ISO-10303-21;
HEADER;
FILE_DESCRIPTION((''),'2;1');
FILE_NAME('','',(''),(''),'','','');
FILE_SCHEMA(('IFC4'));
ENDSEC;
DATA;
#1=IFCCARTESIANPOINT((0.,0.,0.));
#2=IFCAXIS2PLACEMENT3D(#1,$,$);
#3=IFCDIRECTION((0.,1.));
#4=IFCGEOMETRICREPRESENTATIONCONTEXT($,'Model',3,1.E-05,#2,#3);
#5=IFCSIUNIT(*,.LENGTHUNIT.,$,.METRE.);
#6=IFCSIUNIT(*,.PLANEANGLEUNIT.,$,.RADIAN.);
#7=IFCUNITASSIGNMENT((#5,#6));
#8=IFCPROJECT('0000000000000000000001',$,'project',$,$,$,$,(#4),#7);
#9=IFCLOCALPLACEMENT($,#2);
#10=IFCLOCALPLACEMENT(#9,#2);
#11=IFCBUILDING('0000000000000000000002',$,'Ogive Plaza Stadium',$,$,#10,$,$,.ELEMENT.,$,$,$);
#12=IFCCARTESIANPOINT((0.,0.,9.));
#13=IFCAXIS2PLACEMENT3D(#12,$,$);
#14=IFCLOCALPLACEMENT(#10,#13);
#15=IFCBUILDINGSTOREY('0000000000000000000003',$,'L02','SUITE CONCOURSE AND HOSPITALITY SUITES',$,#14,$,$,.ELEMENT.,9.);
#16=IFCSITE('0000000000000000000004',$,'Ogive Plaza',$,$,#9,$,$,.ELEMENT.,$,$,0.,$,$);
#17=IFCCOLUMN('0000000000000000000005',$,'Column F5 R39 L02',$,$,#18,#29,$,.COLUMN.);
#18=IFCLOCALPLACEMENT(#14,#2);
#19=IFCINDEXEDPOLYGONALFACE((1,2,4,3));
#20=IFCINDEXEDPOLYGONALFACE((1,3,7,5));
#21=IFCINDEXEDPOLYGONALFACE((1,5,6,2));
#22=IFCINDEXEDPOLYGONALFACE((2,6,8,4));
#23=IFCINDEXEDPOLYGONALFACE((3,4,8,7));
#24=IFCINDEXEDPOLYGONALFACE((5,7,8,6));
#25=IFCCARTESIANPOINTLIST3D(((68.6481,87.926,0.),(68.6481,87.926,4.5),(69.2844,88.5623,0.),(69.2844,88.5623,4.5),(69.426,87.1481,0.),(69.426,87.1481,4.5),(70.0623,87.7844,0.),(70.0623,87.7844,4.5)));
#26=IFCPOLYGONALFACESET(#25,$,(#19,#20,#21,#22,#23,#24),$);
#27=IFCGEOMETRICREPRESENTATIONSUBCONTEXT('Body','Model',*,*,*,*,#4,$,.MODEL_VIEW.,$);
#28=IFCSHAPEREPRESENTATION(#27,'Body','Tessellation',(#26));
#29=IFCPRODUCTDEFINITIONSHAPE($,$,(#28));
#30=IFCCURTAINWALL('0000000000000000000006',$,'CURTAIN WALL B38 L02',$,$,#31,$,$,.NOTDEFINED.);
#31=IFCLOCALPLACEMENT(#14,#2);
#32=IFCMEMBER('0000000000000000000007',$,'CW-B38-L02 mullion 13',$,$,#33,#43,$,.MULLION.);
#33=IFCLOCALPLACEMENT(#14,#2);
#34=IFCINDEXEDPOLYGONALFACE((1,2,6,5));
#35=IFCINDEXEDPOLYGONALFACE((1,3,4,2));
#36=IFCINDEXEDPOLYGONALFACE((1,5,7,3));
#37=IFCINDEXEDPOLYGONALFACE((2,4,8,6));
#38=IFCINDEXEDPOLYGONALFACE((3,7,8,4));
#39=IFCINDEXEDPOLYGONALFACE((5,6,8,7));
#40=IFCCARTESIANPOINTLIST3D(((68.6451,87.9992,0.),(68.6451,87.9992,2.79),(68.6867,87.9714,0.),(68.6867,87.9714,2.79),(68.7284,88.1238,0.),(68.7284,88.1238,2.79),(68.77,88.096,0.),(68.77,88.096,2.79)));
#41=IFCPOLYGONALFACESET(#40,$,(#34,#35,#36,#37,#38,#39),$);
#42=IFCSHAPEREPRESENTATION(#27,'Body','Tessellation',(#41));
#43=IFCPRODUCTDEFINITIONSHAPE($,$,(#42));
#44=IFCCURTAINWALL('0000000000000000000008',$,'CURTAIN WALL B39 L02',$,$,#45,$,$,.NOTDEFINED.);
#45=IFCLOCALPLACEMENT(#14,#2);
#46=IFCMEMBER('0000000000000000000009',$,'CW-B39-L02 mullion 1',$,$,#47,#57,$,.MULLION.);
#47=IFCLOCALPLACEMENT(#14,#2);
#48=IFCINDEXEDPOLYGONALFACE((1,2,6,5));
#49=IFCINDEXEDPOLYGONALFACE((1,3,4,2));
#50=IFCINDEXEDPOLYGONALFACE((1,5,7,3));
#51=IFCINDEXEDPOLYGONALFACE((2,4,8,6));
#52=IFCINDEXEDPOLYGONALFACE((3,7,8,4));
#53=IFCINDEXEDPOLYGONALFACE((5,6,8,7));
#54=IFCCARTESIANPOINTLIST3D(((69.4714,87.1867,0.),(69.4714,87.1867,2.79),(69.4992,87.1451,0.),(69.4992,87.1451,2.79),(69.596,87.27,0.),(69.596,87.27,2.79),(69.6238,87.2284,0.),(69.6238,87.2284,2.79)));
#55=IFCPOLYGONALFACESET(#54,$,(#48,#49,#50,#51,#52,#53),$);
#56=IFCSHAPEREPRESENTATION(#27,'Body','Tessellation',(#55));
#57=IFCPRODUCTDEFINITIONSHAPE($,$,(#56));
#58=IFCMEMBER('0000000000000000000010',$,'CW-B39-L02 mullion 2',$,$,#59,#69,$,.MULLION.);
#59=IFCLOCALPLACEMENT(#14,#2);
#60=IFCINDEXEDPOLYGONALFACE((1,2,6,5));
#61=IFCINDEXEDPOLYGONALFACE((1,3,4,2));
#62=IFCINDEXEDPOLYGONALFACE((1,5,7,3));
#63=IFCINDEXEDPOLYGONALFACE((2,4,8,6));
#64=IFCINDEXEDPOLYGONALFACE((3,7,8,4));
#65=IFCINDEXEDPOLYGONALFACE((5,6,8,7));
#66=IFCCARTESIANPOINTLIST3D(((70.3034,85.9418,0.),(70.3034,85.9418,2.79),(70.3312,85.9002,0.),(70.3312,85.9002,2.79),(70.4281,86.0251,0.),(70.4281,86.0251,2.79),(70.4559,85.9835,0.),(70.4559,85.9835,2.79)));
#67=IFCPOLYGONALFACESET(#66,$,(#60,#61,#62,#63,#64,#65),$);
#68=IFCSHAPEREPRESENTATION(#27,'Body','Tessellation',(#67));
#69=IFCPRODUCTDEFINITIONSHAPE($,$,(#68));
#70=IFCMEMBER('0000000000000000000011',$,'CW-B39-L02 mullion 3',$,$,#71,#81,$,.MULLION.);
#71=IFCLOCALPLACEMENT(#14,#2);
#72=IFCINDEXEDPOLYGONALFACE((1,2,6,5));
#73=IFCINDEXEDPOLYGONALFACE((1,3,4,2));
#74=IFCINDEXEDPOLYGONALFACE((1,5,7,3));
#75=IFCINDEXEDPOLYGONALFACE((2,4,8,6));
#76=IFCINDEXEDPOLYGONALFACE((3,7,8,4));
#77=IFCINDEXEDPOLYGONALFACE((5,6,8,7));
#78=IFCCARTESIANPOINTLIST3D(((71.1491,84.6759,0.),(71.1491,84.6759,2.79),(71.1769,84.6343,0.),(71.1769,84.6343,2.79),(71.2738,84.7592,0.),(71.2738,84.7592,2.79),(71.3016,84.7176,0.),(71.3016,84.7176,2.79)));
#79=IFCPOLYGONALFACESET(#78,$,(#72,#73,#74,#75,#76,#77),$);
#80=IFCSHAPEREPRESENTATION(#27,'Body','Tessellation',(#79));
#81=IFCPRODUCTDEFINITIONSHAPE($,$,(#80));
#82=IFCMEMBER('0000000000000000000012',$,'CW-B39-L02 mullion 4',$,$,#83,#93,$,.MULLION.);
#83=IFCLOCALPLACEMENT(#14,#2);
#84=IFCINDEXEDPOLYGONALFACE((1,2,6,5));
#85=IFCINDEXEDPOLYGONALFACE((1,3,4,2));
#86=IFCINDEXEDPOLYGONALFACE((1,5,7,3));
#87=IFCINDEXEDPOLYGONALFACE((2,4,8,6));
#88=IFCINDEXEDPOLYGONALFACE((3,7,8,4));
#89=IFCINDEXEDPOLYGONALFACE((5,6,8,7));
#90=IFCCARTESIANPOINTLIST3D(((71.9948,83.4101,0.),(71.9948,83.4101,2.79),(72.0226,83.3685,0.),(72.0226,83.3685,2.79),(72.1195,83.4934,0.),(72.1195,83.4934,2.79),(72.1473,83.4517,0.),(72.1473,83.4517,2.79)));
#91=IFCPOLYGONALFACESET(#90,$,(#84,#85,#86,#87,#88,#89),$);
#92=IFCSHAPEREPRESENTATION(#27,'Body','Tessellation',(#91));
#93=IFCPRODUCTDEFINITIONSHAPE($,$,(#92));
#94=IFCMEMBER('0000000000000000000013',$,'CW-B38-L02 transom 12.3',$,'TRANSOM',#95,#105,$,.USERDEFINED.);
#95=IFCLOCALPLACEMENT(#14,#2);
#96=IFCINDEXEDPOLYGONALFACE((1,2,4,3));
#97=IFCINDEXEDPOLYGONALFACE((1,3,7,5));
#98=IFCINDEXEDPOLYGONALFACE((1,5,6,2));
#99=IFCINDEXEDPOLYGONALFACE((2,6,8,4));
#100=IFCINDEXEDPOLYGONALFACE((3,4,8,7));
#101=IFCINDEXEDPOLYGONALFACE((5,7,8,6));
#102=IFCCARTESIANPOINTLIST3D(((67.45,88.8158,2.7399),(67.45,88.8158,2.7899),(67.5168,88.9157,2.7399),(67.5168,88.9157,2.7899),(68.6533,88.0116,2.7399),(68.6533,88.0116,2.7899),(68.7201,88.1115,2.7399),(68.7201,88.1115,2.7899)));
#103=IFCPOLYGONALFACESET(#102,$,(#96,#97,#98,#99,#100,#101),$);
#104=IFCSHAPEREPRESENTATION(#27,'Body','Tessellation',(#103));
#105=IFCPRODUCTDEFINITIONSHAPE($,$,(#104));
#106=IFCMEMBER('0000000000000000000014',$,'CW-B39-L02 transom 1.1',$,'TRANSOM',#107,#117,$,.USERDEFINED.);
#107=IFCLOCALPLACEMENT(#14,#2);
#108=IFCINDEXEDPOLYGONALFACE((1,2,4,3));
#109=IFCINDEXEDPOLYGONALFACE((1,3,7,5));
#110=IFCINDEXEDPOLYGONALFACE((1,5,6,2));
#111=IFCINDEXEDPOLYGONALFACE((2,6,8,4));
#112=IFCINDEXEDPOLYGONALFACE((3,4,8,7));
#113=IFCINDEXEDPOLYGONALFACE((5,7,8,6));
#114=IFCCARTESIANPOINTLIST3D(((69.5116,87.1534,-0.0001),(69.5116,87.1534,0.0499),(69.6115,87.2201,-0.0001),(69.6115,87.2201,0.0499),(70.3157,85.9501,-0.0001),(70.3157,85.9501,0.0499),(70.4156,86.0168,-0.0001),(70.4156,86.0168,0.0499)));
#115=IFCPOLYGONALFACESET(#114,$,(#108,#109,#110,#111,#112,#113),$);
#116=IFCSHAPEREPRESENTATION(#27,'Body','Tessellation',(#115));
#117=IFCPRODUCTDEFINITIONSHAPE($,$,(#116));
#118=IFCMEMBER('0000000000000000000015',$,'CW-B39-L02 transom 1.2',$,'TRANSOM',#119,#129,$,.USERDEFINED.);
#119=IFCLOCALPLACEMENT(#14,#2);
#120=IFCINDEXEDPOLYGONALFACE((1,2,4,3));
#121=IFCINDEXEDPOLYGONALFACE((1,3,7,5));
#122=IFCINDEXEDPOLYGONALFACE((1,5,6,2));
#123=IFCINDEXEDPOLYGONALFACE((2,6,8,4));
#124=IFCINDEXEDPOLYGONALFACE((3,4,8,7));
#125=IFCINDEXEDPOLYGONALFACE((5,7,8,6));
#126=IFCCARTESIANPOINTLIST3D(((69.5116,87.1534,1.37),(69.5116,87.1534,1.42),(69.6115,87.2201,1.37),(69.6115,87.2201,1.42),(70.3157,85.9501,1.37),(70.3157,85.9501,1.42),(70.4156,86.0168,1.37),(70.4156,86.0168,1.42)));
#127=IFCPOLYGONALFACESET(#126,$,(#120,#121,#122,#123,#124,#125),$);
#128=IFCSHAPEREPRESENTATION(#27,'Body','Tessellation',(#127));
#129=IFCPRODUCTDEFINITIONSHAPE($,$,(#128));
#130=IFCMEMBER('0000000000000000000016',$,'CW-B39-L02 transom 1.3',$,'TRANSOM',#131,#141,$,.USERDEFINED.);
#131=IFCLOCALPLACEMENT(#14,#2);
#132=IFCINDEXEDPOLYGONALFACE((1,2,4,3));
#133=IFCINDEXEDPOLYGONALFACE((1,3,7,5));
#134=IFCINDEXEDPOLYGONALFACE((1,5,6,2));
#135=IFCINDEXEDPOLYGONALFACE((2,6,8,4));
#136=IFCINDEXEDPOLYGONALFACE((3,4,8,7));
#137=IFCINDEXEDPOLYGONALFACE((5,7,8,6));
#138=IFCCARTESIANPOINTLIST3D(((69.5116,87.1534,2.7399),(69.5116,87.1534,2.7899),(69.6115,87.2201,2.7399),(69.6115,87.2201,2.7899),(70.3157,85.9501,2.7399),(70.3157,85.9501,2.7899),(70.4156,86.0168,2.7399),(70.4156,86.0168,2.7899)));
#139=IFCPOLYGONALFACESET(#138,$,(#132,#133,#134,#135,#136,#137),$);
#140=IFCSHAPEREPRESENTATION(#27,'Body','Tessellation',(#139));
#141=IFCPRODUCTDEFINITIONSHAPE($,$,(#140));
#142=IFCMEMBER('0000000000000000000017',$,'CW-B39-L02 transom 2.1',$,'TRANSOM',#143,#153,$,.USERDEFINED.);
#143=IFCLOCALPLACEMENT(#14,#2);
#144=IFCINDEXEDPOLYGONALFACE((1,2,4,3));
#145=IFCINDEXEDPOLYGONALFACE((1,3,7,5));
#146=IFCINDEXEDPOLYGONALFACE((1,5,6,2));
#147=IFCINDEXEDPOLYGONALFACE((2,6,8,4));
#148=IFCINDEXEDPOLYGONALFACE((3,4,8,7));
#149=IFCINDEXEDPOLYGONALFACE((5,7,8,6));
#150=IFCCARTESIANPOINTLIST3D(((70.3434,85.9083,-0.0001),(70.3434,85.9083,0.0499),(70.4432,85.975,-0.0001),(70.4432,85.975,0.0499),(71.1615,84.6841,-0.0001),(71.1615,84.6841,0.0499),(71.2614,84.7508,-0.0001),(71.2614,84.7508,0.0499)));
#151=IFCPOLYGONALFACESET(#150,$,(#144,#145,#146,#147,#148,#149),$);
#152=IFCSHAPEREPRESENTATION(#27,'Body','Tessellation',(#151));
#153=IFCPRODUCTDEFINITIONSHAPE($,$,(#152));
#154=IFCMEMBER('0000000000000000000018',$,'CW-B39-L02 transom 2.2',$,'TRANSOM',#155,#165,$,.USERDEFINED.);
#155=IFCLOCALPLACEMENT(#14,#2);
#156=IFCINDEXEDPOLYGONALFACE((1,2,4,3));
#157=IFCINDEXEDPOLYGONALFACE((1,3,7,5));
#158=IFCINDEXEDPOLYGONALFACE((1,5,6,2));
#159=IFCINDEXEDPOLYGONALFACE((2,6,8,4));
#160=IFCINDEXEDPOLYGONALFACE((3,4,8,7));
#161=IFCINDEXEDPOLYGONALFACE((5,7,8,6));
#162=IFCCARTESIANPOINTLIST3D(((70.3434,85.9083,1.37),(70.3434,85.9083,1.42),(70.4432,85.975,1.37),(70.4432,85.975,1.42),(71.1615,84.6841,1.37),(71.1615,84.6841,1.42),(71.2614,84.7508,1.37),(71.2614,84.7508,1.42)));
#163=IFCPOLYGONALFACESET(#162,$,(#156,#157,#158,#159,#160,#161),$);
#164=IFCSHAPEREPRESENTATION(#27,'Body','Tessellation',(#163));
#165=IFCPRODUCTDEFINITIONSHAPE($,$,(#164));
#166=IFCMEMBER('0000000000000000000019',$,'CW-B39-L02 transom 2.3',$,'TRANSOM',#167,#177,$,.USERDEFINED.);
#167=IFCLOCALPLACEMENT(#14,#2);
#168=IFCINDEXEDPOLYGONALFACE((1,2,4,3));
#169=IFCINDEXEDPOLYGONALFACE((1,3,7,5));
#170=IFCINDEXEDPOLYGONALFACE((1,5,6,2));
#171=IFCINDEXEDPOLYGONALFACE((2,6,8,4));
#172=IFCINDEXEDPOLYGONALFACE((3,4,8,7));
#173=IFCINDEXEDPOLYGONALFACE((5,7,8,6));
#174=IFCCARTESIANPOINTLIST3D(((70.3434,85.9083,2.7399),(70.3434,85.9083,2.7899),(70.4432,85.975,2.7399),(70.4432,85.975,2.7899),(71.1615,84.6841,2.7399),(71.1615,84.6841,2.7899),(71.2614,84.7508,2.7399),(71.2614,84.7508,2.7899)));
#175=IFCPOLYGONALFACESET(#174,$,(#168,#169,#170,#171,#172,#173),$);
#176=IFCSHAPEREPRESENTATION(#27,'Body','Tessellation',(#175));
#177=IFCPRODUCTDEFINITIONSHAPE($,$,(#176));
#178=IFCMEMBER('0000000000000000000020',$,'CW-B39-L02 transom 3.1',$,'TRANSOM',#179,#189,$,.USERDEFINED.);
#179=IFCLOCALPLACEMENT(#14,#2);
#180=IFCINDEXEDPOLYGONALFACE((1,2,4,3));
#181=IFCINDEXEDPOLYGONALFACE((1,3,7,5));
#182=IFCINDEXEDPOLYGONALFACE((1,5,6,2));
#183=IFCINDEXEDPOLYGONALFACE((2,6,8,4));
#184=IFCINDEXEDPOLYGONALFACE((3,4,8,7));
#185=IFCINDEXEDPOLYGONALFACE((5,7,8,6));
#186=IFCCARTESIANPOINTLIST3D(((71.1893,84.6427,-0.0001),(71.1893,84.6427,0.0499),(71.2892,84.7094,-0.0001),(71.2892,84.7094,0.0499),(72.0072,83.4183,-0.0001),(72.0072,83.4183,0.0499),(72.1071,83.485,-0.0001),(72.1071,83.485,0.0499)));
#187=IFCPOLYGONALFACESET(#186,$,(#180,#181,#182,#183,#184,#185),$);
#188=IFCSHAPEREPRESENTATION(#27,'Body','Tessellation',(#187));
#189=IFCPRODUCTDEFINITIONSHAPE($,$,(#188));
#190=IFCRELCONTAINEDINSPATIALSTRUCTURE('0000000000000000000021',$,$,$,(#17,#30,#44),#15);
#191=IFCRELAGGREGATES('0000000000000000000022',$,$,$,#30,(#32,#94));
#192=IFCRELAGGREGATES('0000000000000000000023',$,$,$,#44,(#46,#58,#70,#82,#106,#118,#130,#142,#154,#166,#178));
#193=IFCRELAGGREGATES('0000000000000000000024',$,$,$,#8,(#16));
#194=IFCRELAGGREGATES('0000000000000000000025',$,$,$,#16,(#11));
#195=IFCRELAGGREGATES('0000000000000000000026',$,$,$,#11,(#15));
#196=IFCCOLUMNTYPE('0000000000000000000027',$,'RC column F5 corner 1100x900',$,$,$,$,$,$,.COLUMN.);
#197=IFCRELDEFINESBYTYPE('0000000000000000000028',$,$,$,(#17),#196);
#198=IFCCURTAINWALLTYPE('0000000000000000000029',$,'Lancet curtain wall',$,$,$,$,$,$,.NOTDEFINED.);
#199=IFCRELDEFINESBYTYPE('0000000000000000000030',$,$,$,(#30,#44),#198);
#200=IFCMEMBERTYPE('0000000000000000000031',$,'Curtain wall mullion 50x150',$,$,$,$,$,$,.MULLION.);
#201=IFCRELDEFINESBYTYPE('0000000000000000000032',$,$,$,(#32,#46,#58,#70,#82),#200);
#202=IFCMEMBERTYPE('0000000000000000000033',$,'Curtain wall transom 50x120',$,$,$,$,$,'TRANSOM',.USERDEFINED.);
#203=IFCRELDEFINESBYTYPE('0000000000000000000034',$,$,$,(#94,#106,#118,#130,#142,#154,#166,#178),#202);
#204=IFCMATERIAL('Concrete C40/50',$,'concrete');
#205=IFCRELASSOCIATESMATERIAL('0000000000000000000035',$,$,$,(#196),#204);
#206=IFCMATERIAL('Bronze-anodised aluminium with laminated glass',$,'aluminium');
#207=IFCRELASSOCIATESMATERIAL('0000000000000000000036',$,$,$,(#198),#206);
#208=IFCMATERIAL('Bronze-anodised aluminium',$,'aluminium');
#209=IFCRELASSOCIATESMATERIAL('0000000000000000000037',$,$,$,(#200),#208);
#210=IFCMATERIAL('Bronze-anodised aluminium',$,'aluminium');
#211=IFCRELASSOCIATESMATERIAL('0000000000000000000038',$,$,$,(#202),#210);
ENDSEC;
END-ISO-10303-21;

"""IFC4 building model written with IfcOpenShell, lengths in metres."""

from ifc_helpers import new_model, si_unit, direction, frame, origin, origin_2d, place, context, subcontext, project, spatial, rectangle, extrude, material, material_profile, profile_set, type_object, element, aggregate, save


model = new_model("IFC4")

# Units and contexts
model_context = context("Model", 3, precision=1e-05, world=origin(), true_north=direction((0.0, 1.0)))
body_context = subcontext(model_context, "Body", "Model", "MODEL_VIEW")
ifc_project = project(units=[si_unit("LENGTHUNIT", "METRE"), si_unit("PLANEANGLEUNIT", "RADIAN")], contexts=[model_context])

# Site, building, storey
site_placement = place(None, origin())
site = spatial("IfcSite", under=ifc_project, at=site_placement, Name="Ogive Plaza", CompositionType="ELEMENT", RefElevation=0.0)
building_placement = place(site_placement, origin())
building = spatial("IfcBuilding", under=site, at=building_placement, Name="Ogive Plaza Stadium", CompositionType="ELEMENT")
storey_placement = place(building_placement, frame((0.0, 0.0, 9.0)))
storey = spatial("IfcBuildingStorey", under=building, at=storey_placement, Name="L02", Description="SUITE CONCOURSE AND HOSPITALITY SUITES", CompositionType="ELEMENT", Elevation=9.0)

# Column
ifc_material_1 = material(Name="Concrete C40/50", Category="concrete")
ifc_material_profile_1 = material_profile(ifc_material_1, rectangle(XDim=1.1001, YDim=0.8999, at=origin_2d()), Name="RC 1100x900")
ifc_profile_set_1 = profile_set([ifc_material_profile_1], Name="Concrete C40/50")
column_type = type_object("IfcColumnType", Name="RC column F5 corner 1100x900", PredefinedType="COLUMN", material=ifc_profile_set_1)
column_placement = place(storey_placement, frame((69.3552, 87.8552, 0.0), z_axis=(0.0, 0.0, 1.0), x_axis=(-0.707107, 0.707107, 0.0)))
element("IfcColumn", 1, at=column_placement, inside=storey, type_object=column_type, Name="Column F5 R39 L02", PredefinedType="COLUMN", context=body_context, shape_type="SweptSolid", body=[
    extrude(rectangle(XDim=1.1001, YDim=0.8999, at=origin_2d()), origin(), (0.0, 0.0, 1.0), 4.5),
])

# Curtain wall, member
ifc_material_2 = material(Name="Bronze-anodised aluminium with laminated glass", Category="aluminium")
curtain_wall_type = type_object("IfcCurtainWallType", Name="Lancet curtain wall", PredefinedType="NOTDEFINED", material=ifc_material_2)
curtain_wall_1_placement = place(storey_placement, origin())
curtain_wall_1 = element("IfcCurtainWall", 2, at=curtain_wall_1_placement, inside=storey, type_object=curtain_wall_type, Name="CURTAIN WALL B38 L02", PredefinedType="NOTDEFINED")
ifc_material_3 = material(Name="Bronze-anodised aluminium", Category="aluminium")
ifc_material_profile_2 = material_profile(ifc_material_3, rectangle(XDim=0.1499, YDim=0.05, at=origin_2d()), Name="AL 150x50")
ifc_profile_set_2 = profile_set([ifc_material_profile_2], Name="Bronze-anodised aluminium")
member_type_1 = type_object("IfcMemberType", Name="Curtain wall mullion 50x150", PredefinedType="MULLION", material=ifc_profile_set_2)
member_1_placement = place(storey_placement, frame((68.7075, 88.0476, 0.0), z_axis=(0.0, 0.0, 1.0), x_axis=(0.55557, 0.83147, 0.0)))
member_1 = element("IfcMember", 3, at=member_1_placement, type_object=member_type_1, Name="CW-B38-L02 mullion 13", PredefinedType="MULLION", context=body_context, shape_type="SweptSolid", body=[
    extrude(rectangle(XDim=0.1499, YDim=0.05, at=origin_2d()), origin(), (0.0, 0.0, 1.0), 2.79),
])

# Curtain wall, members
curtain_wall_2_placement = place(storey_placement, origin())
curtain_wall_2 = element("IfcCurtainWall", 4, at=curtain_wall_2_placement, inside=storey, type_object=curtain_wall_type, Name="CURTAIN WALL B39 L02", PredefinedType="NOTDEFINED")
member_2_placement = place(storey_placement, frame((69.5476, 87.2075, 0.0), z_axis=(0.0, 0.0, 1.0), x_axis=(0.83147, 0.55557, 0.0)))
member_2 = element("IfcMember", 5, at=member_2_placement, type_object=member_type_1, Name="CW-B39-L02 mullion 1", PredefinedType="MULLION", context=body_context, shape_type="SweptSolid", body=[
    extrude(rectangle(XDim=0.1499, YDim=0.05, at=origin_2d()), origin(), (0.0, 0.0, 1.0), 2.79),
])
member_3_placement = place(storey_placement, frame((70.3796, 85.9626, 0.0), z_axis=(0.0, 0.0, 1.0), x_axis=(0.83147, 0.55557, 0.0)))
member_3 = element("IfcMember", 6, at=member_3_placement, type_object=member_type_1, Name="CW-B39-L02 mullion 2", PredefinedType="MULLION", context=body_context, shape_type="SweptSolid", body=[
    extrude(rectangle(XDim=0.1499, YDim=0.05, at=origin_2d()), origin(), (0.0, 0.0, 1.0), 2.79),
])
member_4_placement = place(storey_placement, frame((71.2253, 84.6968, 0.0), z_axis=(0.0, 0.0, 1.0), x_axis=(0.83147, 0.55557, 0.0)))
member_4 = element("IfcMember", 7, at=member_4_placement, type_object=member_type_1, Name="CW-B39-L02 mullion 3", PredefinedType="MULLION", context=body_context, shape_type="SweptSolid", body=[
    extrude(rectangle(XDim=0.1499, YDim=0.05, at=origin_2d()), origin(), (0.0, 0.0, 1.0), 2.79),
])
member_5_placement = place(storey_placement, frame((72.071, 83.4309, 0.0), z_axis=(0.0, 0.0, 1.0), x_axis=(0.83147, 0.55557, 0.0)))
member_5 = element("IfcMember", 8, at=member_5_placement, type_object=member_type_1, Name="CW-B39-L02 mullion 4", PredefinedType="MULLION", context=body_context, shape_type="SweptSolid", body=[
    extrude(rectangle(XDim=0.1499, YDim=0.05, at=origin_2d()), origin(), (0.0, 0.0, 1.0), 2.79),
])

# Members
ifc_material_4 = material(Name="Bronze-anodised aluminium", Category="aluminium")
ifc_material_profile_3 = material_profile(ifc_material_4, rectangle(XDim=0.1201, YDim=0.05, at=origin_2d()), Name="AL 120x50")
ifc_profile_set_3 = profile_set([ifc_material_profile_3], Name="Bronze-anodised aluminium")
member_type_2 = type_object("IfcMemberType", Name="Curtain wall transom 50x120", ElementType="TRANSOM", PredefinedType="USERDEFINED", material=ifc_profile_set_3)
member_6_placement = place(storey_placement, frame((67.4834, 88.8657, 2.7649), z_axis=(0.831427, -0.555634, 0.0), x_axis=(0.555634, 0.831427, 0.0)))
member_6 = element("IfcMember", 9, at=member_6_placement, type_object=member_type_2, Name="CW-B38-L02 transom 12.3", ObjectType="TRANSOM", PredefinedType="USERDEFINED", context=body_context, shape_type="SweptSolid", body=[
    extrude(rectangle(XDim=0.1201, YDim=0.05, at=origin_2d()), origin(), (0.0, 0.0, 1.0), 1.4473),
])
member_7_placement = place(storey_placement, frame((69.5615, 87.1868, 0.0249), z_axis=(0.555634, -0.831427, 0.0), x_axis=(0.831427, 0.555634, 0.0)))
member_7 = element("IfcMember", 10, at=member_7_placement, type_object=member_type_2, Name="CW-B39-L02 transom 1.1", ObjectType="TRANSOM", PredefinedType="USERDEFINED", context=body_context, shape_type="SweptSolid", body=[
    extrude(rectangle(XDim=0.1201, YDim=0.05, at=origin_2d()), origin(), (0.0, 0.0, 1.0), 1.4473),
])
member_8_placement = place(storey_placement, frame((69.5615, 87.1868, 1.395), z_axis=(0.555634, -0.831427, 0.0), x_axis=(0.831427, 0.555634, 0.0)))
member_8 = element("IfcMember", 11, at=member_8_placement, type_object=member_type_2, Name="CW-B39-L02 transom 1.2", ObjectType="TRANSOM", PredefinedType="USERDEFINED", context=body_context, shape_type="SweptSolid", body=[
    extrude(rectangle(XDim=0.1201, YDim=0.05, at=origin_2d()), origin(), (0.0, 0.0, 1.0), 1.4473),
])
member_9_placement = place(storey_placement, frame((69.5615, 87.1868, 2.7649), z_axis=(0.555634, -0.831427, 0.0), x_axis=(0.831427, 0.555634, 0.0)))
member_9 = element("IfcMember", 12, at=member_9_placement, type_object=member_type_2, Name="CW-B39-L02 transom 1.3", ObjectType="TRANSOM", PredefinedType="USERDEFINED", context=body_context, shape_type="SweptSolid", body=[
    extrude(rectangle(XDim=0.1201, YDim=0.05, at=origin_2d()), origin(), (0.0, 0.0, 1.0), 1.4473),
])
member_10_placement = place(storey_placement, frame((70.3933, 85.9417, 0.0249), z_axis=(0.555656, -0.831412, 0.0), x_axis=(0.831412, 0.555656, 0.0)))
member_10 = element("IfcMember", 13, at=member_10_placement, type_object=member_type_2, Name="CW-B39-L02 transom 2.1", ObjectType="TRANSOM", PredefinedType="USERDEFINED", context=body_context, shape_type="SweptSolid", body=[
    extrude(rectangle(XDim=0.1201, YDim=0.05, at=origin_2d()), origin(), (0.0, 0.0, 1.0), 1.4724),
])
member_11_placement = place(storey_placement, frame((70.3933, 85.9417, 1.395), z_axis=(0.555656, -0.831412, 0.0), x_axis=(0.831412, 0.555656, 0.0)))
member_11 = element("IfcMember", 14, at=member_11_placement, type_object=member_type_2, Name="CW-B39-L02 transom 2.2", ObjectType="TRANSOM", PredefinedType="USERDEFINED", context=body_context, shape_type="SweptSolid", body=[
    extrude(rectangle(XDim=0.1201, YDim=0.05, at=origin_2d()), origin(), (0.0, 0.0, 1.0), 1.4724),
])
member_12_placement = place(storey_placement, frame((70.3933, 85.9417, 2.7649), z_axis=(0.555656, -0.831412, 0.0), x_axis=(0.831412, 0.555656, 0.0)))
member_12 = element("IfcMember", 15, at=member_12_placement, type_object=member_type_2, Name="CW-B39-L02 transom 2.3", ObjectType="TRANSOM", PredefinedType="USERDEFINED", context=body_context, shape_type="SweptSolid", body=[
    extrude(rectangle(XDim=0.1201, YDim=0.05, at=origin_2d()), origin(), (0.0, 0.0, 1.0), 1.4724),
])
member_13_placement = place(storey_placement, frame((71.2393, 84.676, 0.0249), z_axis=(0.555465, -0.83154, 0.0), x_axis=(0.83154, 0.555465, 0.0)))
member_13 = element("IfcMember", 16, at=member_13_placement, type_object=member_type_2, Name="CW-B39-L02 transom 3.1", ObjectType="TRANSOM", PredefinedType="USERDEFINED", context=body_context, shape_type="SweptSolid", body=[
    extrude(rectangle(XDim=0.1201, YDim=0.05, at=origin_2d()), origin(), (0.0, 0.0, 1.0), 1.4724),
])

aggregate(curtain_wall_1, [member_1, member_6])
aggregate(curtain_wall_2, [member_2, member_3, member_4, member_5, member_7, member_8, member_9, member_10, member_11, member_12, member_13])

save(model, "model.ifc")
